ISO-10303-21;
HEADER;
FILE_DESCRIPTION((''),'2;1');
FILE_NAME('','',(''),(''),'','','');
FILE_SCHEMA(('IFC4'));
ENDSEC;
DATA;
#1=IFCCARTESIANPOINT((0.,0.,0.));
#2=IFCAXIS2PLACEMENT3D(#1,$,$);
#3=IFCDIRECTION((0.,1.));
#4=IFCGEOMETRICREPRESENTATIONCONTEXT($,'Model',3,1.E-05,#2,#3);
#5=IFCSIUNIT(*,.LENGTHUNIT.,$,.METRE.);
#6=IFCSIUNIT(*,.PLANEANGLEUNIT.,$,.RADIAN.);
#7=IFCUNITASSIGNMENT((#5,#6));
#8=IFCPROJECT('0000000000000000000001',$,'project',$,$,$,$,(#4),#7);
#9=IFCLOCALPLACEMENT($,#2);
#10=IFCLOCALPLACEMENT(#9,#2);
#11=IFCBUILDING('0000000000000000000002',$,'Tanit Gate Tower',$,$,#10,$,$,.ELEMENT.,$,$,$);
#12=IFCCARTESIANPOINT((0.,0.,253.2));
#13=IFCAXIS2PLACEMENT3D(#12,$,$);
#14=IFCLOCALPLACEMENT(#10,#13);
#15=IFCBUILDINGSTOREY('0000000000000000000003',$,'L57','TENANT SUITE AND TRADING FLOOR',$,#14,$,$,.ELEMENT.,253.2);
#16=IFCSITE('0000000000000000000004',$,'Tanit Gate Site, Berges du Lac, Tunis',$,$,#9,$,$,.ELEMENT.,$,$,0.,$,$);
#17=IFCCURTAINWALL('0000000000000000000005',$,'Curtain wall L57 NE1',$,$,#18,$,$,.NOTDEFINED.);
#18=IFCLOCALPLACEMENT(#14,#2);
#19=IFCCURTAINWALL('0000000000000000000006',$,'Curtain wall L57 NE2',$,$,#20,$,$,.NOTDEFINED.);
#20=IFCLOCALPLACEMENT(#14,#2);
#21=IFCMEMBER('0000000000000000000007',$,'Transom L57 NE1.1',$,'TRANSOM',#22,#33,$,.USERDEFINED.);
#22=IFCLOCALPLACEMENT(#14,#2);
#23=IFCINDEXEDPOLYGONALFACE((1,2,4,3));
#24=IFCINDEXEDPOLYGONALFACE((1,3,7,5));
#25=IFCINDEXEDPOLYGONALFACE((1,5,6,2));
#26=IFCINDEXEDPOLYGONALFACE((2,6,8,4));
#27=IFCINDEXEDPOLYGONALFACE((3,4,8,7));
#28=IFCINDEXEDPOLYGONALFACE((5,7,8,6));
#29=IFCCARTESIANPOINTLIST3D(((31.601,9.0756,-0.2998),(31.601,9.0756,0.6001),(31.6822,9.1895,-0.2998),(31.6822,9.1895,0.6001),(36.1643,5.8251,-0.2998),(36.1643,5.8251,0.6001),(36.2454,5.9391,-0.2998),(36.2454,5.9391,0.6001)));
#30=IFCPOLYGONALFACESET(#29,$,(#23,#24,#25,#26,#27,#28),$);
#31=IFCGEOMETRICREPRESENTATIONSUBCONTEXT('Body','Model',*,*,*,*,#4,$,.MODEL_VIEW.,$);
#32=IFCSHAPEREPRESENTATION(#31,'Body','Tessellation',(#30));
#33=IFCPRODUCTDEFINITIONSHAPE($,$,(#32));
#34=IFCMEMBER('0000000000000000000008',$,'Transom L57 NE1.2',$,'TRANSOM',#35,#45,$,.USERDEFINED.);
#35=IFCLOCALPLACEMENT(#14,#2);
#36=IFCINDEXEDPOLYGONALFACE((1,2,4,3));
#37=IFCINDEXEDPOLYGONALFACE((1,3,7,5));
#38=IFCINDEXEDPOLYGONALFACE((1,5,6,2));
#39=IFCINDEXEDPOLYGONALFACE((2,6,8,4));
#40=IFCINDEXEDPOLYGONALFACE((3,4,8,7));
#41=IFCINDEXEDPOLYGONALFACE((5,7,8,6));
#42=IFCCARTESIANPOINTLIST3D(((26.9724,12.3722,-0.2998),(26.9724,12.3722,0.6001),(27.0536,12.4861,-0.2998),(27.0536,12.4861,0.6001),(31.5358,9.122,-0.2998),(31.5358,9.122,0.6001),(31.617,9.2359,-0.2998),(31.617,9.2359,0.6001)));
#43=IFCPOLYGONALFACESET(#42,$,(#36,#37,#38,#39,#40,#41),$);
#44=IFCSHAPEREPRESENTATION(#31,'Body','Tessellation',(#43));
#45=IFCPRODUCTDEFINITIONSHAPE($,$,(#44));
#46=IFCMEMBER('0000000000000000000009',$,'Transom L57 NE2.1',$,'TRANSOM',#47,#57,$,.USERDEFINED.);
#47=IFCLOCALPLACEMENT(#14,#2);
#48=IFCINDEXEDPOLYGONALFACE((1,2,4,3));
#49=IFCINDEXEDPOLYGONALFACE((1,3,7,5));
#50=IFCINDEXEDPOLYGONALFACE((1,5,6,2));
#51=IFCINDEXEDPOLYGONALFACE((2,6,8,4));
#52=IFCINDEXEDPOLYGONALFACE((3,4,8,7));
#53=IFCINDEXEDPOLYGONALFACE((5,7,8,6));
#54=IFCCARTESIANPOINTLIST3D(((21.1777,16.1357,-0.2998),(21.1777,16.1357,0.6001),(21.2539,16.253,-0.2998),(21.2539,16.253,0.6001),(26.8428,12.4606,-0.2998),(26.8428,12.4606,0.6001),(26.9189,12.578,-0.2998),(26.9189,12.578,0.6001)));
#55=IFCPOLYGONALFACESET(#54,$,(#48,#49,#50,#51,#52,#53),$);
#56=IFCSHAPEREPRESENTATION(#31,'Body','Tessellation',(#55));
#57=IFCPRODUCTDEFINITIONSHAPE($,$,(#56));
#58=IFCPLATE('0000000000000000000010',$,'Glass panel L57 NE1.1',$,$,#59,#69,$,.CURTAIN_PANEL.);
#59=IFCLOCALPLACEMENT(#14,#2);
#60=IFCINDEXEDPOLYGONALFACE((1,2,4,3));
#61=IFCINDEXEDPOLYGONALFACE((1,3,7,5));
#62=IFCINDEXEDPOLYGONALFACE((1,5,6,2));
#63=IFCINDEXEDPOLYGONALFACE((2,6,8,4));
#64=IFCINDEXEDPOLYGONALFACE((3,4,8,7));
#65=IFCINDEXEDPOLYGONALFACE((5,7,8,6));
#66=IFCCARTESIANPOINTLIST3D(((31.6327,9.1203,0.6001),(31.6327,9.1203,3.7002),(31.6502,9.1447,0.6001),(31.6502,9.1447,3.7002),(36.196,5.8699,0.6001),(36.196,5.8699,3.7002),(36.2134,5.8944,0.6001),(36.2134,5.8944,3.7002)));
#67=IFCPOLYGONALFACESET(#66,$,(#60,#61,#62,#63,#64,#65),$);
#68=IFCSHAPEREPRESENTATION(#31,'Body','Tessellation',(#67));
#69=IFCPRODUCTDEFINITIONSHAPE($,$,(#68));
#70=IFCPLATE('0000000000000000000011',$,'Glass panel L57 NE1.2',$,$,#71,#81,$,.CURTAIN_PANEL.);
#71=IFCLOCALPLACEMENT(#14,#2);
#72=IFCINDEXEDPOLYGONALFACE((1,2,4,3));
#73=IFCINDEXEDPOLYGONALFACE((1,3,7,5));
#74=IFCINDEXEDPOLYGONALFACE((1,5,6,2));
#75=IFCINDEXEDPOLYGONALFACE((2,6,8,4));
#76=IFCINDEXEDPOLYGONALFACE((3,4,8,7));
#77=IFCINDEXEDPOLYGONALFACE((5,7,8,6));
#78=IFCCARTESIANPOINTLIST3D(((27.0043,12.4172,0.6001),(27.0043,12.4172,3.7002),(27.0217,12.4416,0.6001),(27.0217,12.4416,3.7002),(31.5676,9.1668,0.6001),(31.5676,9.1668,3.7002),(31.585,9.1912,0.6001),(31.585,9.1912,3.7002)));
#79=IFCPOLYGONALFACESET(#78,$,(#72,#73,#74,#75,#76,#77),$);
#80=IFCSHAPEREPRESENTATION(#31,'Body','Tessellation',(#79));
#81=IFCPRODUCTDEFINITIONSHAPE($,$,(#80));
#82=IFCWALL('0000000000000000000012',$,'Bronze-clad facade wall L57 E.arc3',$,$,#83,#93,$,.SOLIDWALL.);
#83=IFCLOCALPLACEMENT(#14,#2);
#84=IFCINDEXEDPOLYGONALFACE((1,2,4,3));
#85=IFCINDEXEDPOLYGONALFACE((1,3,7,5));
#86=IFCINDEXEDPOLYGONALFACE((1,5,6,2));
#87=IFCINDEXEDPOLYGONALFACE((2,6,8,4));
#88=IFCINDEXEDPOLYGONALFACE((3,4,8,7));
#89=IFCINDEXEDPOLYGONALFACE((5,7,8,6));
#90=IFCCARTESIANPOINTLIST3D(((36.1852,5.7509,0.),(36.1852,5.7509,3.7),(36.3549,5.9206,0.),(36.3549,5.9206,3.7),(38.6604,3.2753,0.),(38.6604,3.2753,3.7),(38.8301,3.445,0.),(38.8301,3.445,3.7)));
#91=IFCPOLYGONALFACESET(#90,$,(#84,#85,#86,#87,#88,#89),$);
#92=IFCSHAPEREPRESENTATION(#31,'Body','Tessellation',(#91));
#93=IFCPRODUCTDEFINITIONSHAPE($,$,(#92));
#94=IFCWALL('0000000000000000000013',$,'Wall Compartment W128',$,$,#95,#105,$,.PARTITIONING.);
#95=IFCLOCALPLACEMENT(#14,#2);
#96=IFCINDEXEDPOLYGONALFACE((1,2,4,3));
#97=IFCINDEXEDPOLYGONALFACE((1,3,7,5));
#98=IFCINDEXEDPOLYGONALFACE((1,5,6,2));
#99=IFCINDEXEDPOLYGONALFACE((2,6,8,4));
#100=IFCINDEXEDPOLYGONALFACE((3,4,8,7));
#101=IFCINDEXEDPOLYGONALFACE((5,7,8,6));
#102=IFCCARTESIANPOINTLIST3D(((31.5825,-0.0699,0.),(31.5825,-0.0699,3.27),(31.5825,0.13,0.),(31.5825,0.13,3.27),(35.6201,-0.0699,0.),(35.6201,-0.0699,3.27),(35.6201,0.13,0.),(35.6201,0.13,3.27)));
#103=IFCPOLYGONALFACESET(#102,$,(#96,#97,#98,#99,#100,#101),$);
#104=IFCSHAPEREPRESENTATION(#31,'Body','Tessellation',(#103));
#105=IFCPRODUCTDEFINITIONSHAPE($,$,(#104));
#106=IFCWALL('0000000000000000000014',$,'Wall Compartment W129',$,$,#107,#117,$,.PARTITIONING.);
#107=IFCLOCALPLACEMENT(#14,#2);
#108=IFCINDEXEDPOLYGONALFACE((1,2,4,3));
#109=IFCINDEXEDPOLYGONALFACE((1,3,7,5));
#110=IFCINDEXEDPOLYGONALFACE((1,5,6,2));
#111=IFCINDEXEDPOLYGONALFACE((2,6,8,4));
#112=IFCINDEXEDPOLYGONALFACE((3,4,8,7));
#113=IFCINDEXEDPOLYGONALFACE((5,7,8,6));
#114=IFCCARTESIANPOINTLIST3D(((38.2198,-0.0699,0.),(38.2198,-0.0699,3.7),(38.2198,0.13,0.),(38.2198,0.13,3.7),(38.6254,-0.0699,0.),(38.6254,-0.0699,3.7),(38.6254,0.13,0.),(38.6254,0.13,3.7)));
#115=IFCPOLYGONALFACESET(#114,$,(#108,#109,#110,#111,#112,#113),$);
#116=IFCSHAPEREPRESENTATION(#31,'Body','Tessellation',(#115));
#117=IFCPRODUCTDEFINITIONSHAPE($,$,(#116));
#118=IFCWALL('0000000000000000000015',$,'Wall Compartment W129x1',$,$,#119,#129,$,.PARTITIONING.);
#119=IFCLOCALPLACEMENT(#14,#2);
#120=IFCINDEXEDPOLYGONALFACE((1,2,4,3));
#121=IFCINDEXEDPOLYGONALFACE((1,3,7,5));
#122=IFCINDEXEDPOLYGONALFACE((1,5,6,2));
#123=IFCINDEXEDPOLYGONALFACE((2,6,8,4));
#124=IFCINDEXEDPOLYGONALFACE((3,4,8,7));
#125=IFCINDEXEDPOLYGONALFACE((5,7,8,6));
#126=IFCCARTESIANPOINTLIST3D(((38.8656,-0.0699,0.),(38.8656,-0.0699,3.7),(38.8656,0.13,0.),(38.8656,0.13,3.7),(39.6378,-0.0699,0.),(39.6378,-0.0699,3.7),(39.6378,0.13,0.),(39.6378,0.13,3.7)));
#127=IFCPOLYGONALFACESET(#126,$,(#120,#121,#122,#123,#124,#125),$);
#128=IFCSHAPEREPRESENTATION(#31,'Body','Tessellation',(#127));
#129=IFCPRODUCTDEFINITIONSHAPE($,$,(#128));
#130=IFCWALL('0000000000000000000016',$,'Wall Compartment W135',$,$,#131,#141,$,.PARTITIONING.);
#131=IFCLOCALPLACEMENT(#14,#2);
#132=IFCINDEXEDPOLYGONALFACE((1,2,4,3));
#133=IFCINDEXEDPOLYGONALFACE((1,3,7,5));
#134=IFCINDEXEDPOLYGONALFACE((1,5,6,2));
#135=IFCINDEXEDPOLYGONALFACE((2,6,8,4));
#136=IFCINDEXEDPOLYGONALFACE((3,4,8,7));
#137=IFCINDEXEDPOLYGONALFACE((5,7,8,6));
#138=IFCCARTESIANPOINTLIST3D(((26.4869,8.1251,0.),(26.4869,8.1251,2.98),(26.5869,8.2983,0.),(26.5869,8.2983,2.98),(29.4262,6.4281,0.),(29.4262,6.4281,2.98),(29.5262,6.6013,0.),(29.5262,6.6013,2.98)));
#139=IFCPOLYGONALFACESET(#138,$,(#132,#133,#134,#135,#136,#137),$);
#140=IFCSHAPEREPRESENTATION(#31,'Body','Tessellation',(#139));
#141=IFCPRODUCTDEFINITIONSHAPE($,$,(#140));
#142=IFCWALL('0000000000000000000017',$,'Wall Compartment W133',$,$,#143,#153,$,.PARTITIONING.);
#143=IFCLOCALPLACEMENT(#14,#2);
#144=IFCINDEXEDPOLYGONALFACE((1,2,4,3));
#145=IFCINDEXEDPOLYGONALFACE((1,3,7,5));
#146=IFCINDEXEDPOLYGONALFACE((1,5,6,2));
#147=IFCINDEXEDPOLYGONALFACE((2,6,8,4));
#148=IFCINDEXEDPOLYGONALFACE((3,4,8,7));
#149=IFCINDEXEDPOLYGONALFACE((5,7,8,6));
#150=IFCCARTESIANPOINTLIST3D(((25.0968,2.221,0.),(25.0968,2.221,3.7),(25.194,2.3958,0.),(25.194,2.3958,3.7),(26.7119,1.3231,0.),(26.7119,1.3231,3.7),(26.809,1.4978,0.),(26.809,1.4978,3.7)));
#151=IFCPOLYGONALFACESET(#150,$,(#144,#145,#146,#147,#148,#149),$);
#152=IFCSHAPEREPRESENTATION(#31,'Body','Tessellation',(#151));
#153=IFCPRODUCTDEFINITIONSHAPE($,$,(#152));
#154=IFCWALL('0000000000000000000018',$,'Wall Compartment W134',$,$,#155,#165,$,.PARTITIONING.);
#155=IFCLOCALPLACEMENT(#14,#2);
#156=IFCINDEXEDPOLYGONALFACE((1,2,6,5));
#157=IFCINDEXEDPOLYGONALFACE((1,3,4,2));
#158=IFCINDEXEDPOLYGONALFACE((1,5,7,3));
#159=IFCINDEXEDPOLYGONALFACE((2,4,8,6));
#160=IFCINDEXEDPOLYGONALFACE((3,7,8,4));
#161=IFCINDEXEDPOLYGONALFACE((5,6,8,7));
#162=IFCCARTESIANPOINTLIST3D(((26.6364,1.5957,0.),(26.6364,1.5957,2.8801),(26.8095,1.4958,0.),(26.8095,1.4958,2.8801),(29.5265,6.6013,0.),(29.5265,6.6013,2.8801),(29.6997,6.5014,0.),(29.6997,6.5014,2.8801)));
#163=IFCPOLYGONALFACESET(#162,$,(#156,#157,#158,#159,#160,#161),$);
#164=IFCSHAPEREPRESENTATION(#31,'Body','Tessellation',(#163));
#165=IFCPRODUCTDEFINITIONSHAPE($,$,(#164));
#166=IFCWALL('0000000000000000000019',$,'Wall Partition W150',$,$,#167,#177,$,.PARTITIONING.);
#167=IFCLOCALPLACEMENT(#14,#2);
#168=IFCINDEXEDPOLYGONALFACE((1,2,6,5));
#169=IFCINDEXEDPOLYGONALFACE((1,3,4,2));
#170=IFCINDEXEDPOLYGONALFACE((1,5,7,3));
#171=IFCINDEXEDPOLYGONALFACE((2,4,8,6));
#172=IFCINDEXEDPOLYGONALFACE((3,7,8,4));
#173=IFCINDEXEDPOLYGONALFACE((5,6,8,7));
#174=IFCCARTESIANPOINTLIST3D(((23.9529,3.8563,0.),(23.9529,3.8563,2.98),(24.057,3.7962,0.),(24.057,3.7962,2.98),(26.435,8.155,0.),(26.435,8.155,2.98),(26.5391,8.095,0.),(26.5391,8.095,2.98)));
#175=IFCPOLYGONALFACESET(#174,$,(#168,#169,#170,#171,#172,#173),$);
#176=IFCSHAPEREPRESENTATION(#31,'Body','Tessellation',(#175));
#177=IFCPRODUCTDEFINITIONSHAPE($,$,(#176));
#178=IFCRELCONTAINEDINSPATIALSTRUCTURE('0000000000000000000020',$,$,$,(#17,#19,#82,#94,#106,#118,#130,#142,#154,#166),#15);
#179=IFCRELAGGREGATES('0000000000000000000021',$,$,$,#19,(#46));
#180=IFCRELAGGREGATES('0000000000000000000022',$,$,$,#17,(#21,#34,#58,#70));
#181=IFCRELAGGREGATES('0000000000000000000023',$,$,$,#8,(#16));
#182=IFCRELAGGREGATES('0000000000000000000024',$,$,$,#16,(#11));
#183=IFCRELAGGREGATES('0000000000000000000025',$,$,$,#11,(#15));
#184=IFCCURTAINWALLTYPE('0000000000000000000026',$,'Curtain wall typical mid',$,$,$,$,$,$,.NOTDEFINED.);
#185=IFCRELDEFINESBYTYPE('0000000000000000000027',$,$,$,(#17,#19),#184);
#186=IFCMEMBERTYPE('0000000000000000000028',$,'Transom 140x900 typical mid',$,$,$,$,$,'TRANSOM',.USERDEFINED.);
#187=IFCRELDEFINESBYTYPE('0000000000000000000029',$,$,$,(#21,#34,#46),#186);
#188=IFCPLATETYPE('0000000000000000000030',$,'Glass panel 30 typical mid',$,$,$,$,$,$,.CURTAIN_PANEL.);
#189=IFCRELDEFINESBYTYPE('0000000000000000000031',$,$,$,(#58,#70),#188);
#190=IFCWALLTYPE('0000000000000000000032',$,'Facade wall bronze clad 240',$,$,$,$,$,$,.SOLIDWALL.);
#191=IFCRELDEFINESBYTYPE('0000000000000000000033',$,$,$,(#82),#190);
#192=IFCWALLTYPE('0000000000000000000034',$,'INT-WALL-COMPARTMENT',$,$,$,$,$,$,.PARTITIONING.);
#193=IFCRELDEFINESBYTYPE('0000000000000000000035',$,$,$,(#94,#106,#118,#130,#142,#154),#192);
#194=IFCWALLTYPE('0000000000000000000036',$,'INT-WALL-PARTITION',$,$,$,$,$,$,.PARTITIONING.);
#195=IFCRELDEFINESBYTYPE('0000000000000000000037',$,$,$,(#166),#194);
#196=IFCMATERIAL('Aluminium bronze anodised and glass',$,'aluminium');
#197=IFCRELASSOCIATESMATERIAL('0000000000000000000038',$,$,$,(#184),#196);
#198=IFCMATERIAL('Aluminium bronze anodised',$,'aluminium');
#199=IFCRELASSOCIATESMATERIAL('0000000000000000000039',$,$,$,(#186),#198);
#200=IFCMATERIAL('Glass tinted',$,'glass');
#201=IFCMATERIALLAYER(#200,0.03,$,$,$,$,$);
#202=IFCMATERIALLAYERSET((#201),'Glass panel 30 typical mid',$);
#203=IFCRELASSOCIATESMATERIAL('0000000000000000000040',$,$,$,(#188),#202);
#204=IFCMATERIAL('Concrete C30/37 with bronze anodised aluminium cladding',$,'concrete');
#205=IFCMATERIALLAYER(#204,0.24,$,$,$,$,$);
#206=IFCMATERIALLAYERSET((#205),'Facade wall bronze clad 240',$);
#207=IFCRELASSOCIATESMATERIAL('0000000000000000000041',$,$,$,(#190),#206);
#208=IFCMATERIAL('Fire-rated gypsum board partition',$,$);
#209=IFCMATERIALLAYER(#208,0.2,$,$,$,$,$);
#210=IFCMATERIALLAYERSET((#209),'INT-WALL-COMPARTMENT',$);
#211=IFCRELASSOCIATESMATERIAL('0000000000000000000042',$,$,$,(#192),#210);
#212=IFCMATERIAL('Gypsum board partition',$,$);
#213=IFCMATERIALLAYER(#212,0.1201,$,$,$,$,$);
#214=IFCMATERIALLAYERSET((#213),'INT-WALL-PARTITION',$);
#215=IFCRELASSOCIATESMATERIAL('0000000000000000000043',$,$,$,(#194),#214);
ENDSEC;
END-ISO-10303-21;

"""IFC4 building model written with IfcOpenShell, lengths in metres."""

from ifc_helpers import new_model, si_unit, direction, frame, frame_2d, origin, origin_2d, place, context, subcontext, project, spatial, rectangle, extrude, material, layer, layer_set, material_profile, profile_set, type_object, element, aggregate, save


model = new_model("IFC4")

# Units and contexts
model_context = context("Model", 3, precision=1e-05, world=origin(), true_north=direction((0.0, 1.0)))
body_context = subcontext(model_context, "Body", "Model", "MODEL_VIEW")
ifc_project = project(units=[si_unit("LENGTHUNIT", "METRE"), si_unit("PLANEANGLEUNIT", "RADIAN")], contexts=[model_context])

# Site, building, storey
site_placement = place(None, origin())
site = spatial("IfcSite", under=ifc_project, at=site_placement, Name="Tanit Gate Site, Berges du Lac, Tunis", CompositionType="ELEMENT", RefElevation=0.0)
building_placement = place(site_placement, origin())
building = spatial("IfcBuilding", under=site, at=building_placement, Name="Tanit Gate Tower", CompositionType="ELEMENT")
storey_placement = place(building_placement, frame((0.0, 0.0, 253.2)))
storey = spatial("IfcBuildingStorey", under=building, at=storey_placement, Name="L57", Description="TENANT SUITE AND TRADING FLOOR", CompositionType="ELEMENT", Elevation=253.2)

# Curtain walls
ifc_material_1 = material(Name="Aluminium bronze anodised and glass", Category="aluminium")
curtain_wall_type = type_object("IfcCurtainWallType", Name="Curtain wall typical mid", PredefinedType="NOTDEFINED", material=ifc_material_1)
curtain_wall_1_placement = place(storey_placement, origin())
curtain_wall_1 = element("IfcCurtainWall", 1, at=curtain_wall_1_placement, inside=storey, type_object=curtain_wall_type, Name="Curtain wall L57 NE1", PredefinedType="NOTDEFINED")
curtain_wall_2_placement = place(storey_placement, origin())
curtain_wall_2 = element("IfcCurtainWall", 2, at=curtain_wall_2_placement, inside=storey, type_object=curtain_wall_type, Name="Curtain wall L57 NE2", PredefinedType="NOTDEFINED")

# Members
ifc_material_2 = material(Name="Aluminium bronze anodised", Category="aluminium")
ifc_material_profile_1 = material_profile(ifc_material_2, rectangle(XDim=0.1399, YDim=0.8999, at=origin_2d()), Name="140x900 bronze transom")
ifc_profile_set_1 = profile_set([ifc_material_profile_1], Name="Aluminium bronze anodised")
member_type_1 = type_object("IfcMemberType", Name="Transom 140x900 typical mid", ElementType="TRANSOM", PredefinedType="USERDEFINED", material=ifc_profile_set_1)
member_1_placement = place(storey_placement, frame((36.2048, 5.8821, 0.1501), z_axis=(-0.814489, 0.580178, 0.0), x_axis=(-0.580178, -0.814489, 0.0)))
member_1 = element("IfcMember", 3, at=member_1_placement, type_object=member_type_1, Name="Transom L57 NE1.1", ObjectType="TRANSOM", PredefinedType="USERDEFINED", context=body_context, shape_type="SweptSolid", body=[
    extrude(rectangle(XDim=0.1399, YDim=0.8999, at=origin_2d()), origin(), (0.0, 0.0, 1.0), 5.6025),
])
member_2_placement = place(storey_placement, frame((31.5764, 9.179, 0.1501), z_axis=(-0.814525, 0.580129, 0.0), x_axis=(-0.580129, -0.814525, 0.0)))
member_2 = element("IfcMember", 4, at=member_2_placement, type_object=member_type_1, Name="Transom L57 NE1.2", ObjectType="TRANSOM", PredefinedType="USERDEFINED", context=body_context, shape_type="SweptSolid", body=[
    extrude(rectangle(XDim=0.1399, YDim=0.8999, at=origin_2d()), origin(), (0.0, 0.0, 1.0), 5.6025),
])
member_3_placement = place(storey_placement, frame((26.8809, 12.5193, 0.1501), z_axis=(-0.838932, 0.544236, 0.0), x_axis=(-0.544236, -0.838932, 0.0)))
member_3 = element("IfcMember", 5, at=member_3_placement, type_object=member_type_1, Name="Transom L57 NE2.1", ObjectType="TRANSOM", PredefinedType="USERDEFINED", context=body_context, shape_type="SweptSolid", body=[
    extrude(rectangle(XDim=0.1399, YDim=0.8999, at=origin_2d()), origin(), (0.0, 0.0, 1.0), 6.7527),
])
aggregate(curtain_wall_2, [member_3])

# Plates
ifc_material_3 = material(Name="Glass tinted", Category="glass")
ifc_layer_1 = layer(ifc_material_3, 0.03)
ifc_layer_set_1 = layer_set([ifc_layer_1], Name="Glass panel 30 typical mid")
plate_type = type_object("IfcPlateType", Name="Glass panel 30 typical mid", PredefinedType="CURTAIN_PANEL", material=ifc_layer_set_1)
plate_1_placement = place(storey_placement, frame((33.9231, 7.5073, 0.6001), z_axis=(0.0, 0.0, 1.0), x_axis=(-0.814503, 0.58016, 0.0)))
plate_1 = element("IfcPlate", 6, at=plate_1_placement, type_object=plate_type, Name="Glass panel L57 NE1.1", PredefinedType="CURTAIN_PANEL", context=body_context, shape_type="SweptSolid", body=[
    extrude(rectangle(XDim=5.6025, YDim=0.03, at=origin_2d()), origin(), (0.0, 0.0, 1.0), 3.1001),
])
plate_2_placement = place(storey_placement, frame((29.2947, 10.8042, 0.6001), z_axis=(0.0, 0.0, 1.0), x_axis=(-0.814503, 0.58016, 0.0)))
plate_2 = element("IfcPlate", 7, at=plate_2_placement, type_object=plate_type, Name="Glass panel L57 NE1.2", PredefinedType="CURTAIN_PANEL", context=body_context, shape_type="SweptSolid", body=[
    extrude(rectangle(XDim=5.6025, YDim=0.03, at=origin_2d()), origin(), (0.0, 0.0, 1.0), 3.1001),
])
aggregate(curtain_wall_1, [member_1, member_2, plate_1, plate_2])

# Walls
ifc_material_4 = material(Name="Concrete C30/37 with bronze anodised aluminium cladding", Category="concrete")
ifc_layer_2 = layer(ifc_material_4, 0.24)
ifc_layer_set_2 = layer_set([ifc_layer_2], Name="Facade wall bronze clad 240")
wall_type_1 = type_object("IfcWallType", Name="Facade wall bronze clad 240", PredefinedType="SOLIDWALL", material=ifc_layer_set_2)
wall_1_placement = place(storey_placement, frame((38.7454, 3.3601, 0.0), z_axis=(0.0, 0.0, 1.0), x_axis=(-0.707072, 0.707142, 0.0)))
element("IfcWall", 8, at=wall_1_placement, inside=storey, type_object=wall_type_1, Name="Bronze-clad facade wall L57 E.arc3", PredefinedType="SOLIDWALL", context=body_context, shape_type="SweptSolid", body=[
    extrude(rectangle(XDim=3.5007, YDim=0.24, at=frame_2d((1.7505, 0.0))), origin(), (0.0, 0.0, 1.0), 3.7),
])
ifc_material_5 = material(Name="Fire-rated gypsum board partition")
ifc_layer_3 = layer(ifc_material_5, 0.2)
ifc_layer_set_3 = layer_set([ifc_layer_3], Name="INT-WALL-COMPARTMENT")
wall_type_2 = type_object("IfcWallType", Name="INT-WALL-COMPARTMENT", PredefinedType="PARTITIONING", material=ifc_layer_set_3)
wall_2_placement = place(storey_placement, frame((31.5825, 0.03, 0.0), z_axis=(0.0, 0.0, 1.0), x_axis=(1.0, 0.0, 0.0)))
element("IfcWall", 9, at=wall_2_placement, inside=storey, type_object=wall_type_2, Name="Wall Compartment W128", PredefinedType="PARTITIONING", context=body_context, shape_type="SweptSolid", body=[
    extrude(rectangle(XDim=4.0376, YDim=0.2, at=frame_2d((2.0188, 0.0))), origin(), (0.0, 0.0, 1.0), 3.27),
])
wall_3_placement = place(storey_placement, frame((38.22, 0.03, 0.0), z_axis=(0.0, 0.0, 1.0), x_axis=(1.0, 0.0, 0.0)))
element("IfcWall", 10, at=wall_3_placement, inside=storey, type_object=wall_type_2, Name="Wall Compartment W129", PredefinedType="PARTITIONING", context=body_context, shape_type="SweptSolid", body=[
    extrude(rectangle(XDim=0.4055, YDim=0.2, at=frame_2d((0.2026, 0.0))), origin(), (0.0, 0.0, 1.0), 3.7),
])
wall_4_placement = place(storey_placement, frame((38.8655, 0.03, 0.0), z_axis=(0.0, 0.0, 1.0), x_axis=(1.0, 0.0, 0.0)))
element("IfcWall", 11, at=wall_4_placement, inside=storey, type_object=wall_type_2, Name="Wall Compartment W129x1", PredefinedType="PARTITIONING", context=body_context, shape_type="SweptSolid", body=[
    extrude(rectangle(XDim=0.7722, YDim=0.2, at=frame_2d((0.3862, 0.0))), origin(), (0.0, 0.0, 1.0), 3.7),
])
wall_5_placement = place(storey_placement, frame((26.5369, 8.2117, 0.0), z_axis=(0.0, 0.0, 1.0), x_axis=(0.866035, -0.499984, 0.0)))
element("IfcWall", 12, at=wall_5_placement, inside=storey, type_object=wall_type_2, Name="Wall Compartment W135", PredefinedType="PARTITIONING", context=body_context, shape_type="SweptSolid", body=[
    extrude(rectangle(XDim=3.394, YDim=0.2, at=frame_2d((1.697, 0.0))), origin(), (0.0, 0.0, 1.0), 2.98),
])
wall_6_placement = place(storey_placement, frame((25.1455, 2.3083, 0.0), z_axis=(0.0, 0.0, 1.0), x_axis=(0.873989, -0.485946, 0.0)))
element("IfcWall", 13, at=wall_6_placement, inside=storey, type_object=wall_type_2, Name="Wall Compartment W133", PredefinedType="PARTITIONING", context=body_context, shape_type="SweptSolid", body=[
    extrude(rectangle(XDim=1.8479, YDim=0.2, at=frame_2d((0.9238, 0.0))), origin(), (0.0, 0.0, 1.0), 3.7),
])
wall_7_placement = place(storey_placement, frame((26.7229, 1.5457, 0.0), z_axis=(0.0, 0.0, 1.0), x_axis=(0.500019, 0.866015, 0.0)))
element("IfcWall", 14, at=wall_7_placement, inside=storey, type_object=wall_type_2, Name="Wall Compartment W134", PredefinedType="PARTITIONING", context=body_context, shape_type="SweptSolid", body=[
    extrude(rectangle(XDim=5.78, YDim=0.2, at=frame_2d((2.8901, 0.0))), origin(), (0.0, 0.0, 1.0), 2.8801),
])
ifc_material_6 = material(Name="Gypsum board partition")
ifc_layer_4 = layer(ifc_material_6, 0.1201)
ifc_layer_set_4 = layer_set([ifc_layer_4], Name="INT-WALL-PARTITION")
wall_type_3 = type_object("IfcWallType", Name="INT-WALL-PARTITION", PredefinedType="PARTITIONING", material=ifc_layer_set_4)
wall_8_placement = place(storey_placement, frame((26.4871, 8.125, 0.0), z_axis=(0.0, 0.0, 1.0), x_axis=(-0.500037, -0.866004, 0.0)))
element("IfcWall", 15, at=wall_8_placement, inside=storey, type_object=wall_type_3, Name="Wall Partition W150", PredefinedType="PARTITIONING", context=body_context, shape_type="SweptSolid", body=[
    extrude(rectangle(XDim=4.9639, YDim=0.1201, at=frame_2d((2.4819, 0.0))), origin(), (0.0, 0.0, 1.0), 2.98),
])

save(model, "model.ifc")
